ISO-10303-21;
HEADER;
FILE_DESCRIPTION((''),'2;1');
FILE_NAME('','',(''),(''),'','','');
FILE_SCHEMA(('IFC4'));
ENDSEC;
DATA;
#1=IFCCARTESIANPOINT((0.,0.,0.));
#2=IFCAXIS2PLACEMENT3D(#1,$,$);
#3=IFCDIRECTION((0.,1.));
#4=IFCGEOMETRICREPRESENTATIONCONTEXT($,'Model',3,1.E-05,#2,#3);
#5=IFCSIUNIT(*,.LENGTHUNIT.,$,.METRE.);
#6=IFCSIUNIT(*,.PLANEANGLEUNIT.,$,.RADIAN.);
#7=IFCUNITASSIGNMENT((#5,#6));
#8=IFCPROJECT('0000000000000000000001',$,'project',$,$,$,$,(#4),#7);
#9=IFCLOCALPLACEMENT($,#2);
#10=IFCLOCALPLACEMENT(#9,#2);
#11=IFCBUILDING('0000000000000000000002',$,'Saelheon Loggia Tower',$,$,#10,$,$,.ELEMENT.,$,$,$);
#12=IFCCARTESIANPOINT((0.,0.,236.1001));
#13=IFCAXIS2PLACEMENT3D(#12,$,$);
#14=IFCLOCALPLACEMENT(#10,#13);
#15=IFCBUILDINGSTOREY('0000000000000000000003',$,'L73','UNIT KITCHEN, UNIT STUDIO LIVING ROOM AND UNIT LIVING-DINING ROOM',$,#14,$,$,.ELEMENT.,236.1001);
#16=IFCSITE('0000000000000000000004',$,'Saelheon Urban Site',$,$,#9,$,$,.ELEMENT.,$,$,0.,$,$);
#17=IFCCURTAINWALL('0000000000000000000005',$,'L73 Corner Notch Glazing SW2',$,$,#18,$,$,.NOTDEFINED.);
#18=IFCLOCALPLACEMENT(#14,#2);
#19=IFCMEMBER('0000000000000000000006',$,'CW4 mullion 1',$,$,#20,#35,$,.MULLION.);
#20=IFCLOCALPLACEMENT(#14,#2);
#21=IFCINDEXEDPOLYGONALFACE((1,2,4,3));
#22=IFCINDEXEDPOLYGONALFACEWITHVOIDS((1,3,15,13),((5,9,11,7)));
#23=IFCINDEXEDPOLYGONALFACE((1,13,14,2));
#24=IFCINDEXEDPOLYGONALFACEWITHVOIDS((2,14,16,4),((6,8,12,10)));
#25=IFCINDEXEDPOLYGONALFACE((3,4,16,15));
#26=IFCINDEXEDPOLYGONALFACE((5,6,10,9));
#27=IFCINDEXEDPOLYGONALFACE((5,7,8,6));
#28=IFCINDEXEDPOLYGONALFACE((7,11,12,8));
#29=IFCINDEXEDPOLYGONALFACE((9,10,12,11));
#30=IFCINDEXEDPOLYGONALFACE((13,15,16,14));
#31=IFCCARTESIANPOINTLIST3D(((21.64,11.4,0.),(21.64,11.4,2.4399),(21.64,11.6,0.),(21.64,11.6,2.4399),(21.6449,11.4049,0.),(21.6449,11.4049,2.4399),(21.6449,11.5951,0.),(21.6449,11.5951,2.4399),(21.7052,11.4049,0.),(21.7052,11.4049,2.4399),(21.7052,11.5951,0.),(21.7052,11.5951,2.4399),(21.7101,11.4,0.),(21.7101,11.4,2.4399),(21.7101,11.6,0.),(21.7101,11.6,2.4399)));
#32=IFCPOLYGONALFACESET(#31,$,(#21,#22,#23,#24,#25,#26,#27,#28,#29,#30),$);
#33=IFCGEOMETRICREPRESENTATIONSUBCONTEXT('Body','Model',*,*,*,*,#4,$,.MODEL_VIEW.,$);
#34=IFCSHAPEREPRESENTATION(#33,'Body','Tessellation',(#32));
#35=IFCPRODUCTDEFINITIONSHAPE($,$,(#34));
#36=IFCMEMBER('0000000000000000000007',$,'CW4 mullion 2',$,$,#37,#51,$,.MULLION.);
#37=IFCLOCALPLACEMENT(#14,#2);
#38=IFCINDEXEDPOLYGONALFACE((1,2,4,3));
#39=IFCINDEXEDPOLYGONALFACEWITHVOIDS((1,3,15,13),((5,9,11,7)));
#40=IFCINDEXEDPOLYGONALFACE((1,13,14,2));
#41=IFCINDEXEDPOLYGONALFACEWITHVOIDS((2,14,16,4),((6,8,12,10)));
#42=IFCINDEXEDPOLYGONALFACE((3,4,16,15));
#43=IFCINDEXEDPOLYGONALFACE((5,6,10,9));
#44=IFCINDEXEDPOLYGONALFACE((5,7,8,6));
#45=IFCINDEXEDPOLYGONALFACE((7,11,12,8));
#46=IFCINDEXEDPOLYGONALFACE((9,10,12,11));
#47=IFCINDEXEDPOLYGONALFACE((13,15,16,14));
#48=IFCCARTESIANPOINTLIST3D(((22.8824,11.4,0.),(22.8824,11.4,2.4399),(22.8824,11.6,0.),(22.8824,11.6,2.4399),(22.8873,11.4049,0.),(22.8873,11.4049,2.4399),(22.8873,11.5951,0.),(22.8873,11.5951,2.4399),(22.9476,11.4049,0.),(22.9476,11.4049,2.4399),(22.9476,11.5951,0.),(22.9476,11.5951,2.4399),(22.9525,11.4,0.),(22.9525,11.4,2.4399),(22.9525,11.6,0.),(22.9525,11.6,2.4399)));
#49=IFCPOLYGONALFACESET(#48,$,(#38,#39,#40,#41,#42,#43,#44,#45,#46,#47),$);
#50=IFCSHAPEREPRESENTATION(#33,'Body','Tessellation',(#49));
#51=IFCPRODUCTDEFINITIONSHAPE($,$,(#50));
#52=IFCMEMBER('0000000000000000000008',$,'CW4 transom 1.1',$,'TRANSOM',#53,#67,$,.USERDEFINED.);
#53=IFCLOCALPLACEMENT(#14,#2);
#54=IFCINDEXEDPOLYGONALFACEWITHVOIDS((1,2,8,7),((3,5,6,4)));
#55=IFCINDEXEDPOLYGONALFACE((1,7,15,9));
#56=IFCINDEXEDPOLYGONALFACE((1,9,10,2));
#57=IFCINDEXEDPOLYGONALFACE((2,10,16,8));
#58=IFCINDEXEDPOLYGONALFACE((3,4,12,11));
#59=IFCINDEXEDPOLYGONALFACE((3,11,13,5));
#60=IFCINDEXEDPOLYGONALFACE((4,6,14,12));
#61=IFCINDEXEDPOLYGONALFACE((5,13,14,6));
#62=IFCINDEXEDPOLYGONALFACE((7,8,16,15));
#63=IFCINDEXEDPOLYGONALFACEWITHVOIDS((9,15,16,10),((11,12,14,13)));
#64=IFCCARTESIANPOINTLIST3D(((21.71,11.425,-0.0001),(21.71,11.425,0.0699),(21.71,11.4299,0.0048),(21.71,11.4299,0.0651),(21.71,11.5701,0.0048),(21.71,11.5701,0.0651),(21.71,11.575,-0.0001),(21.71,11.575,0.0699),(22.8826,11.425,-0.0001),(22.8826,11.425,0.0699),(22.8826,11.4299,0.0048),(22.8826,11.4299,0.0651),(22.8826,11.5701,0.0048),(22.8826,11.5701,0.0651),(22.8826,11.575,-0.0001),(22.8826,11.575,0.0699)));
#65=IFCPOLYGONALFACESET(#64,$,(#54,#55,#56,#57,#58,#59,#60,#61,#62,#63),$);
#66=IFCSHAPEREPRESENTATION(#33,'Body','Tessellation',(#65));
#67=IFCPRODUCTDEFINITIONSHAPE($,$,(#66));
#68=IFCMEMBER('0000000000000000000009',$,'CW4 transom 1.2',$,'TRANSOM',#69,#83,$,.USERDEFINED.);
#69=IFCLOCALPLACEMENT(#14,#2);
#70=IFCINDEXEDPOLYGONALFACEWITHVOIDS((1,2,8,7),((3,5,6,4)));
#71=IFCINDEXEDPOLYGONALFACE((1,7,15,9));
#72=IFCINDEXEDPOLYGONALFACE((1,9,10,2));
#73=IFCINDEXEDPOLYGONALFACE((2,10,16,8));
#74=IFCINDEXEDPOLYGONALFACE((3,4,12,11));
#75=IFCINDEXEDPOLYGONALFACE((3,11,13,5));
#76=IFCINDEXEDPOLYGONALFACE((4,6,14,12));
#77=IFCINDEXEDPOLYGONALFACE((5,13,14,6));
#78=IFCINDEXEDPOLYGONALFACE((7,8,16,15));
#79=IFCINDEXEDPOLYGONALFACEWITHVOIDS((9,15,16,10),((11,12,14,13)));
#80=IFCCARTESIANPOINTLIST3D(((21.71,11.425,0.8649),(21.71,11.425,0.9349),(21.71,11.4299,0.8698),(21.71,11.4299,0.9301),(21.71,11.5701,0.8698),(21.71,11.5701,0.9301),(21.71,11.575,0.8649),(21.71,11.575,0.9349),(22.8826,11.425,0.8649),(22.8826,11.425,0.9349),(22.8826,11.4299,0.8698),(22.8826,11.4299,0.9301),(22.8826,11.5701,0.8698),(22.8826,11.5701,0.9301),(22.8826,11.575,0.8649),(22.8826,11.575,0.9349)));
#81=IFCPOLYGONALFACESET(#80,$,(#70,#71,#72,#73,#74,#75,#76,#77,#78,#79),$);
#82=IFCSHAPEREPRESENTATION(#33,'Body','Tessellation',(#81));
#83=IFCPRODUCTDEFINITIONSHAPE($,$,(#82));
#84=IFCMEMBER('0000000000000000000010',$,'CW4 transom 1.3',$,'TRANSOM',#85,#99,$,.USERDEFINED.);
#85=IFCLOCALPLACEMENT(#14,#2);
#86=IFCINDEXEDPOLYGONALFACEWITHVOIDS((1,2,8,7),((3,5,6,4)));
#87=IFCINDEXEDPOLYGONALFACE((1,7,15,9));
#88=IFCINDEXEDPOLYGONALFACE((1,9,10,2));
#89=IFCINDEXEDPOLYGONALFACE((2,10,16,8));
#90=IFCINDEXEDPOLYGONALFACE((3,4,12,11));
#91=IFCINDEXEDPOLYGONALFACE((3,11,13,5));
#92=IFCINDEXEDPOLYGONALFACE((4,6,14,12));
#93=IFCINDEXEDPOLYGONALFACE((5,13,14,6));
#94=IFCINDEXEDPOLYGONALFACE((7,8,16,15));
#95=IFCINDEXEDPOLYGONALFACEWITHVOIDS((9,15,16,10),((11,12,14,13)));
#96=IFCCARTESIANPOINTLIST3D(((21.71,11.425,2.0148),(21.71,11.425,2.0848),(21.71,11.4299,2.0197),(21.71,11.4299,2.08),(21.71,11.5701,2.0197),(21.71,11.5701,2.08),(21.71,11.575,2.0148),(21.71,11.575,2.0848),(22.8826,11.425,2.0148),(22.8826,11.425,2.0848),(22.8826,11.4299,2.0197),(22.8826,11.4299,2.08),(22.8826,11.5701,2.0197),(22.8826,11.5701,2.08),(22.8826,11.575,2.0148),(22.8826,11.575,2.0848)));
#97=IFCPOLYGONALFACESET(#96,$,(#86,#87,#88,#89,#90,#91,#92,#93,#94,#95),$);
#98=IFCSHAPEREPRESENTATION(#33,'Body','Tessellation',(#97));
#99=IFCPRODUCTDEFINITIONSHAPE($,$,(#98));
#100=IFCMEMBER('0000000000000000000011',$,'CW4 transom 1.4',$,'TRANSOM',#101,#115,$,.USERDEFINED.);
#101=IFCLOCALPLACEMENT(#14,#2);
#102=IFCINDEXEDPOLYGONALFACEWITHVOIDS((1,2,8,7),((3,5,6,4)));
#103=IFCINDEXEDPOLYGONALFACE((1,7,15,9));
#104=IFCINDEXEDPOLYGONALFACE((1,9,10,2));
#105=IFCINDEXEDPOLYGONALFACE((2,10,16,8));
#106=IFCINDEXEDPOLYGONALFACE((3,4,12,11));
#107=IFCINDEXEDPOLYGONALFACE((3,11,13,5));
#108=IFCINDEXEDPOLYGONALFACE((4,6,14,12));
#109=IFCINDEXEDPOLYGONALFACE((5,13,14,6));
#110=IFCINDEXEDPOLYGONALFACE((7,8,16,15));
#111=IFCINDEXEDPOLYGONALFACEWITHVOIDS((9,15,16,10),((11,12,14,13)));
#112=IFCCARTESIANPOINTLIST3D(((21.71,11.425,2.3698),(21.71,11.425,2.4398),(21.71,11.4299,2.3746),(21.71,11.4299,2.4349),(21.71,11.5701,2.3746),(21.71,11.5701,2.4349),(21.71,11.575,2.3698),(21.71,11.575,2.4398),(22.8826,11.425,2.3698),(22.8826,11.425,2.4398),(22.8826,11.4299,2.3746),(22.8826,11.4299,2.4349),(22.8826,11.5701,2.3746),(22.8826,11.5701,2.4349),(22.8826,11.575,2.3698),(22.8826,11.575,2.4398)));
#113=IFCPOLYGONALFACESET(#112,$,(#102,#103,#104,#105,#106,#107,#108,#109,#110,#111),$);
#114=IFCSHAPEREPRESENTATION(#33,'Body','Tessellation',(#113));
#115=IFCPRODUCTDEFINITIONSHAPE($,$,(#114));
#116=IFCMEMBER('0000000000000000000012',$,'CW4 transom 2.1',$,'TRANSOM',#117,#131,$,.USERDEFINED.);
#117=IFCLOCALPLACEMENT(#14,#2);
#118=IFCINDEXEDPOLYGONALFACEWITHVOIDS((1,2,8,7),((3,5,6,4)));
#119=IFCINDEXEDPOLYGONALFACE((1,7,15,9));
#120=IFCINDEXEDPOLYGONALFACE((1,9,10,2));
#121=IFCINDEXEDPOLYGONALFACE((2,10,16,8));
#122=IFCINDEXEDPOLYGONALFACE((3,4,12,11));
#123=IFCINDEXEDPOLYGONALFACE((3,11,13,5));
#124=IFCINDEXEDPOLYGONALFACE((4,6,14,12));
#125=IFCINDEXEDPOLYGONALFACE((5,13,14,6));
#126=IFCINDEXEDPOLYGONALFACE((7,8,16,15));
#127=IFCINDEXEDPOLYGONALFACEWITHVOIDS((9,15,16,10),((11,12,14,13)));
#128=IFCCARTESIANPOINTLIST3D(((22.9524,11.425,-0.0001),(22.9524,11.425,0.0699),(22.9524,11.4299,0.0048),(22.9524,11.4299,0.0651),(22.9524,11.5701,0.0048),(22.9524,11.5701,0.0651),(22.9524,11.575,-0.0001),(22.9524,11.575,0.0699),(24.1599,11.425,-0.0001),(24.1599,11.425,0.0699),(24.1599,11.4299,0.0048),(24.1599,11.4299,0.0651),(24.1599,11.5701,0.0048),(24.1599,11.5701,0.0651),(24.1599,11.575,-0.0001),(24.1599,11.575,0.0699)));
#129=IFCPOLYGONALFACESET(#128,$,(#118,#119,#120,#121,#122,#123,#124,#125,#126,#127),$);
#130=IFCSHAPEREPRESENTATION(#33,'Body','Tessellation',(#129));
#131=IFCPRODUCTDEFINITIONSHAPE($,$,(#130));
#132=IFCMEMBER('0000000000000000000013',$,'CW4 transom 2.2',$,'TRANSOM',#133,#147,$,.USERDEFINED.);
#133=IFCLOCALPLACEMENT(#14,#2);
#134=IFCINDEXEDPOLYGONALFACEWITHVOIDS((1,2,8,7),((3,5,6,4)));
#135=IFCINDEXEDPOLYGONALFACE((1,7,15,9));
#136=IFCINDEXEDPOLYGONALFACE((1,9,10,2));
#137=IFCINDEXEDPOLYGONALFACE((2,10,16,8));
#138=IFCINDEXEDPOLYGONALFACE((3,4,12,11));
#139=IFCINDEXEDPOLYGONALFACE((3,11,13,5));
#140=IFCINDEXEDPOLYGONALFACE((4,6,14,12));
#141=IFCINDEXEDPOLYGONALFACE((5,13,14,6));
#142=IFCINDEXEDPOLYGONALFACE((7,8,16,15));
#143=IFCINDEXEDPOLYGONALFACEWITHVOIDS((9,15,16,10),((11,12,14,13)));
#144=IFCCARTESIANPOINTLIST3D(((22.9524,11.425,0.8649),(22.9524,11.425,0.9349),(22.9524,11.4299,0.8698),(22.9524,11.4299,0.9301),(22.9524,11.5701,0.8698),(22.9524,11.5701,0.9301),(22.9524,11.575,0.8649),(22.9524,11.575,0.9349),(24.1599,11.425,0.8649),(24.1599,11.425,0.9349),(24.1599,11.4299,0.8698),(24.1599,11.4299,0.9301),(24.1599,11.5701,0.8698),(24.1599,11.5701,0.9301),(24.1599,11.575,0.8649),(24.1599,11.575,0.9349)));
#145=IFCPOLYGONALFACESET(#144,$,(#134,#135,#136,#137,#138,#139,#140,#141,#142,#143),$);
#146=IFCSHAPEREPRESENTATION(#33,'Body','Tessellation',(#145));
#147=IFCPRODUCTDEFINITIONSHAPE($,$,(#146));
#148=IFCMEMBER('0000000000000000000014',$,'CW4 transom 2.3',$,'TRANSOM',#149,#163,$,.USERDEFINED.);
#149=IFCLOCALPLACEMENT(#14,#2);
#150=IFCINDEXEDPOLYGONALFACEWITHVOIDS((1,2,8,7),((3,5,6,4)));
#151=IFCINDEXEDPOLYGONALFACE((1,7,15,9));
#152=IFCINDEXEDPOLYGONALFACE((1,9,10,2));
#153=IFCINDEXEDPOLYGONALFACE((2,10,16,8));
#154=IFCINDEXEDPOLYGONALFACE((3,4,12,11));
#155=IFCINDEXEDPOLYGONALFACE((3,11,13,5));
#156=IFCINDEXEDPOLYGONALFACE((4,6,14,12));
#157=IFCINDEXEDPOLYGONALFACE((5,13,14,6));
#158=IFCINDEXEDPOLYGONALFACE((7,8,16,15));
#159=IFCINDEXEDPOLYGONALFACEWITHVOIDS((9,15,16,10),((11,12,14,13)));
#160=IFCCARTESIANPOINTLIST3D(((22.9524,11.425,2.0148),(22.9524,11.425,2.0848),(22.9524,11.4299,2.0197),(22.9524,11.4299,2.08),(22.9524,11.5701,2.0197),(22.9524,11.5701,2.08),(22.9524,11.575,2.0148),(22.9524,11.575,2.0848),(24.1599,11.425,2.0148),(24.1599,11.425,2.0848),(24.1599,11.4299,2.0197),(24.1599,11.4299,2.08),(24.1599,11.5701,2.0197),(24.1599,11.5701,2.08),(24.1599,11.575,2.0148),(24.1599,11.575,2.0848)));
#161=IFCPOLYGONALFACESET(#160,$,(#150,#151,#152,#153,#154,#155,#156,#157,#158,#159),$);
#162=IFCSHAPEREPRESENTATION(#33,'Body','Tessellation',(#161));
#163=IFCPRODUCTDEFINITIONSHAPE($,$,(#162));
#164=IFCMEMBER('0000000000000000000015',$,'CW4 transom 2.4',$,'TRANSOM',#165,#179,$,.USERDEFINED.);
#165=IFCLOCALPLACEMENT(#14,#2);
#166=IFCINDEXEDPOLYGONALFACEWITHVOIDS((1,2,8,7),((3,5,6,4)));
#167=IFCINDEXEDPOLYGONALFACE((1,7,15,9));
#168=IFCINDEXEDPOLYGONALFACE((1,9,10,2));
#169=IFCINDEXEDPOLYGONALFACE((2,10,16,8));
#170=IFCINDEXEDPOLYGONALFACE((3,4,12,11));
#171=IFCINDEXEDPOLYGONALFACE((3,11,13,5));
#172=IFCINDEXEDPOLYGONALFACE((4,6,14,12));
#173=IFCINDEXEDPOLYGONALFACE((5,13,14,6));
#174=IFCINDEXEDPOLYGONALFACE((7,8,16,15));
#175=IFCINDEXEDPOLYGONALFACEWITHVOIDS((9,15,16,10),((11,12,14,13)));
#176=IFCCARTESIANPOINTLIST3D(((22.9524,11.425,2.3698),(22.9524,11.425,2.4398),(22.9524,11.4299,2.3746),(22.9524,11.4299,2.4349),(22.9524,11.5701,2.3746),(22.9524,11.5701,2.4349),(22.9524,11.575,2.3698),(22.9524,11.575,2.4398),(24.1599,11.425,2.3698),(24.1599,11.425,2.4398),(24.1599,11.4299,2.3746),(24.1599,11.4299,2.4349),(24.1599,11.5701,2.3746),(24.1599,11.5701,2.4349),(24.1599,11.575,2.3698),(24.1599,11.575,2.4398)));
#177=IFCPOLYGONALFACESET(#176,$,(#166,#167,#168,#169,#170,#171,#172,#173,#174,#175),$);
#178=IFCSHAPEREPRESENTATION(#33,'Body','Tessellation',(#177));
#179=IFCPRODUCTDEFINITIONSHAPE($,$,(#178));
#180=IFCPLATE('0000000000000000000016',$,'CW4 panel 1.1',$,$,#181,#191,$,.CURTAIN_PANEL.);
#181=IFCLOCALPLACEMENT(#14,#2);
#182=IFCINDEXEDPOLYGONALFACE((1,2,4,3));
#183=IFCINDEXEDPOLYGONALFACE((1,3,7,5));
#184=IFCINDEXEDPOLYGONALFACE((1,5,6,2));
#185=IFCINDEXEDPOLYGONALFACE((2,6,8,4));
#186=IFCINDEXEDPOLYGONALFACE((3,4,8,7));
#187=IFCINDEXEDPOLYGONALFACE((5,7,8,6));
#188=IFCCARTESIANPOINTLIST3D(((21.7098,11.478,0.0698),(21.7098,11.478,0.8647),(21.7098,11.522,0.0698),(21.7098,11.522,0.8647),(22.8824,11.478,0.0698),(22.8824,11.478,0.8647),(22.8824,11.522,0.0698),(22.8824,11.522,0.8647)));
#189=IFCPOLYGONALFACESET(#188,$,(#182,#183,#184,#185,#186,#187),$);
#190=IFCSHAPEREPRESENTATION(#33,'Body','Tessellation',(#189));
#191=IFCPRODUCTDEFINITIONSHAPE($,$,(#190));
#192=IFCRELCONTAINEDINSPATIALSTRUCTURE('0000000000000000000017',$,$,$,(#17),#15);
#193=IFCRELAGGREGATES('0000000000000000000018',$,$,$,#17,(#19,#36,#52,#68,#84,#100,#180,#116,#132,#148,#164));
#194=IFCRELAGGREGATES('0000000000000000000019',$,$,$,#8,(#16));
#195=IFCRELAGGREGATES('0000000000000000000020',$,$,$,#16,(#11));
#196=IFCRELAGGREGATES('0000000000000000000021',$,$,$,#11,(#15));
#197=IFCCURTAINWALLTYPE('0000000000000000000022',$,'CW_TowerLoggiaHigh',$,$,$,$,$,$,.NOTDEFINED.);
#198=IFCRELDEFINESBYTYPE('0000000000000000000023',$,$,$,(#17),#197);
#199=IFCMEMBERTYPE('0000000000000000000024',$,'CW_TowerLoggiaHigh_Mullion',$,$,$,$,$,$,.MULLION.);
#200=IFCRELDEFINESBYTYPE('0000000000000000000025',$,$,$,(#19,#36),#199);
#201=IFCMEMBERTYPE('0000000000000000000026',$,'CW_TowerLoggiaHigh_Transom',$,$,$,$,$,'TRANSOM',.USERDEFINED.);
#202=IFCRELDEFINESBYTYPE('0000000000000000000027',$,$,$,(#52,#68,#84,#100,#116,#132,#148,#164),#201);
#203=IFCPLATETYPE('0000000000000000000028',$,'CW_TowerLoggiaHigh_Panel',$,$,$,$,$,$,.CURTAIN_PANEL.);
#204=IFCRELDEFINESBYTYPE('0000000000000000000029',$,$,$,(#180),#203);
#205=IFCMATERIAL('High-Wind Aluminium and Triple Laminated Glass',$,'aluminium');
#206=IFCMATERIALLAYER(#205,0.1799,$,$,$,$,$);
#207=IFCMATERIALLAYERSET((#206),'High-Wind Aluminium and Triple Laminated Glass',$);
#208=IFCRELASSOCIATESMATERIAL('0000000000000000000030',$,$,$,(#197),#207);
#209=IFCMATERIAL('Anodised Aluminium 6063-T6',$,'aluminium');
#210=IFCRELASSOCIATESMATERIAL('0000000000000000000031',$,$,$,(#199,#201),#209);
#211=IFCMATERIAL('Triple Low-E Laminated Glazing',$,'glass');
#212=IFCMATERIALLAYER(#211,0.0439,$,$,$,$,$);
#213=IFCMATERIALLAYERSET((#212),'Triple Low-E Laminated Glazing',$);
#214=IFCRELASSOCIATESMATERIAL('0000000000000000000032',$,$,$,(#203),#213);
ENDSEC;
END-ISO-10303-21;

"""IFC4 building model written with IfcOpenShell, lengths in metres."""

from ifc_helpers import new_model, si_unit, direction, frame, origin, origin_2d, place, context, subcontext, project, spatial, rectangle, hollow_rectangle, extrude, source, transform, mapped, material, layer, layer_set, material_profile, profile_set, type_object, element, aggregate, save


model = new_model("IFC4")

# Units and contexts
model_context = context("Model", 3, precision=1e-05, world=origin(), true_north=direction((0.0, 1.0)))
body_context = subcontext(model_context, "Body", "Model", "MODEL_VIEW")
ifc_project = project(units=[si_unit("LENGTHUNIT", "METRE"), si_unit("PLANEANGLEUNIT", "RADIAN")], contexts=[model_context])

# Site, building, storey
site_placement = place(None, origin())
site = spatial("IfcSite", under=ifc_project, at=site_placement, Name="Saelheon Urban Site", CompositionType="ELEMENT", RefElevation=0.0)
building_placement = place(site_placement, origin())
building = spatial("IfcBuilding", under=site, at=building_placement, Name="Saelheon Loggia Tower", CompositionType="ELEMENT")
storey_placement = place(building_placement, frame((0.0, 0.0, 236.1001)))
storey = spatial("IfcBuildingStorey", under=building, at=storey_placement, Name="L73", Description="UNIT KITCHEN, UNIT STUDIO LIVING ROOM AND UNIT LIVING-DINING ROOM", CompositionType="ELEMENT", Elevation=236.1001)

# Curtain wall, members, plate
ifc_material_1 = material(Name="High-Wind Aluminium and Triple Laminated Glass", Category="aluminium")
ifc_layer_1 = layer(ifc_material_1, 0.1799)
ifc_layer_set_1 = layer_set([ifc_layer_1], Name="High-Wind Aluminium and Triple Laminated Glass")
curtain_wall_type = type_object("IfcCurtainWallType", Name="CW_TowerLoggiaHigh", PredefinedType="NOTDEFINED", material=ifc_layer_set_1)
curtain_wall_placement = place(storey_placement, origin())
curtain_wall = element("IfcCurtainWall", 1, at=curtain_wall_placement, inside=storey, type_object=curtain_wall_type, Name="L73 Corner Notch Glazing SW2", PredefinedType="NOTDEFINED")
ifc_material_2 = material(Name="Anodised Aluminium 6063-T6", Category="aluminium")
ifc_material_profile_1 = material_profile(ifc_material_2, hollow_rectangle(XDim=0.0701, YDim=0.2, WallThickness=0.0049, at=origin_2d()), Name="RHS-200x70x5")
ifc_profile_set_1 = profile_set([ifc_material_profile_1], Name="Anodised Aluminium 6063-T6")
member_type_1 = type_object("IfcMemberType", Name="CW_TowerLoggiaHigh_Mullion", PredefinedType="MULLION", material=ifc_profile_set_1)
shared_shape_1 = source(origin(), body_context, "Body", "SweptSolid", [
    extrude(hollow_rectangle(XDim=0.0701, YDim=0.2, WallThickness=0.0049, at=origin_2d()), origin(), (0.0, 0.0, 1.0), 2.4399),
])
member_1_placement = place(storey_placement, frame((21.675, 11.5, 0.0), z_axis=(0.0, 0.0, 1.0), x_axis=(1.0, 0.0, 0.0)))
member_1 = element("IfcMember", 2, at=member_1_placement, type_object=member_type_1, Name="CW4 mullion 1", PredefinedType="MULLION", context=body_context, shape_type="MappedRepresentation", body=[
    mapped(shared_shape_1, transform((0.0, 0.0, 0.0), scale=1.0)),
])
member_2_placement = place(storey_placement, frame((22.9175, 11.5, 0.0), z_axis=(0.0, 0.0, 1.0), x_axis=(1.0, 0.0, 0.0)))
member_2 = element("IfcMember", 3, at=member_2_placement, type_object=member_type_1, Name="CW4 mullion 2", PredefinedType="MULLION", context=body_context, shape_type="MappedRepresentation", body=[
    mapped(shared_shape_1, transform((0.0, 0.0, 0.0), scale=1.0)),
])
ifc_material_profile_2 = material_profile(ifc_material_2, hollow_rectangle(XDim=0.0701, YDim=0.1499, WallThickness=0.0049, at=origin_2d()), Name="RHS-150x70x5")
ifc_profile_set_2 = profile_set([ifc_material_profile_2], Name="Anodised Aluminium 6063-T6")
member_type_2 = type_object("IfcMemberType", Name="CW_TowerLoggiaHigh_Transom", ElementType="TRANSOM", PredefinedType="USERDEFINED", material=ifc_profile_set_2)
shared_shape_2 = source(origin(), body_context, "Body", "SweptSolid", [
    extrude(hollow_rectangle(XDim=0.0701, YDim=0.1499, WallThickness=0.0049, at=origin_2d()), origin(), (0.0, 0.0, 1.0), 1.1726),
])
member_3_placement = place(storey_placement, frame((21.71, 11.5, 0.0349), z_axis=(1.0, 0.0, 0.0), x_axis=(0.0, 0.0, 1.0)))
member_3 = element("IfcMember", 4, at=member_3_placement, type_object=member_type_2, Name="CW4 transom 1.1", ObjectType="TRANSOM", PredefinedType="USERDEFINED", context=body_context, shape_type="MappedRepresentation", body=[
    mapped(shared_shape_2, transform((0.0, 0.0, 0.0), scale=1.0)),
])
member_4_placement = place(storey_placement, frame((21.71, 11.5, 0.8999), z_axis=(1.0, 0.0, 0.0), x_axis=(0.0, 0.0, 1.0)))
member_4 = element("IfcMember", 5, at=member_4_placement, type_object=member_type_2, Name="CW4 transom 1.2", ObjectType="TRANSOM", PredefinedType="USERDEFINED", context=body_context, shape_type="MappedRepresentation", body=[
    mapped(shared_shape_2, transform((0.0, 0.0, 0.0), scale=1.0)),
])
member_5_placement = place(storey_placement, frame((21.71, 11.5, 2.0498), z_axis=(1.0, 0.0, 0.0), x_axis=(0.0, 0.0, 1.0)))
member_5 = element("IfcMember", 6, at=member_5_placement, type_object=member_type_2, Name="CW4 transom 1.3", ObjectType="TRANSOM", PredefinedType="USERDEFINED", context=body_context, shape_type="MappedRepresentation", body=[
    mapped(shared_shape_2, transform((0.0, 0.0, 0.0), scale=1.0)),
])
member_6_placement = place(storey_placement, frame((21.71, 11.5, 2.4048), z_axis=(1.0, 0.0, 0.0), x_axis=(0.0, 0.0, 1.0)))
member_6 = element("IfcMember", 7, at=member_6_placement, type_object=member_type_2, Name="CW4 transom 1.4", ObjectType="TRANSOM", PredefinedType="USERDEFINED", context=body_context, shape_type="MappedRepresentation", body=[
    mapped(shared_shape_2, transform((0.0, 0.0, 0.0), scale=1.0)),
])
shared_shape_3 = source(origin(), body_context, "Body", "SweptSolid", [
    extrude(hollow_rectangle(XDim=0.0701, YDim=0.1499, WallThickness=0.0049, at=origin_2d()), origin(), (0.0, 0.0, 1.0), 1.2075),
])
member_7_placement = place(storey_placement, frame((22.9524, 11.5, 0.0349), z_axis=(1.0, 0.0, 0.0), x_axis=(0.0, 0.0, 1.0)))
member_7 = element("IfcMember", 8, at=member_7_placement, type_object=member_type_2, Name="CW4 transom 2.1", ObjectType="TRANSOM", PredefinedType="USERDEFINED", context=body_context, shape_type="MappedRepresentation", body=[
    mapped(shared_shape_3, transform((0.0, 0.0, 0.0), scale=1.0)),
])
member_8_placement = place(storey_placement, frame((22.9524, 11.5, 0.8999), z_axis=(1.0, 0.0, 0.0), x_axis=(0.0, 0.0, 1.0)))
member_8 = element("IfcMember", 9, at=member_8_placement, type_object=member_type_2, Name="CW4 transom 2.2", ObjectType="TRANSOM", PredefinedType="USERDEFINED", context=body_context, shape_type="MappedRepresentation", body=[
    mapped(shared_shape_3, transform((0.0, 0.0, 0.0), scale=1.0)),
])
member_9_placement = place(storey_placement, frame((22.9524, 11.5, 2.0498), z_axis=(1.0, 0.0, 0.0), x_axis=(0.0, 0.0, 1.0)))
member_9 = element("IfcMember", 10, at=member_9_placement, type_object=member_type_2, Name="CW4 transom 2.3", ObjectType="TRANSOM", PredefinedType="USERDEFINED", context=body_context, shape_type="MappedRepresentation", body=[
    mapped(shared_shape_3, transform((0.0, 0.0, 0.0), scale=1.0)),
])
member_10_placement = place(storey_placement, frame((22.9524, 11.5, 2.4048), z_axis=(1.0, 0.0, 0.0), x_axis=(0.0, 0.0, 1.0)))
member_10 = element("IfcMember", 11, at=member_10_placement, type_object=member_type_2, Name="CW4 transom 2.4", ObjectType="TRANSOM", PredefinedType="USERDEFINED", context=body_context, shape_type="MappedRepresentation", body=[
    mapped(shared_shape_3, transform((0.0, 0.0, 0.0), scale=1.0)),
])
ifc_material_3 = material(Name="Triple Low-E Laminated Glazing", Category="glass")
ifc_layer_2 = layer(ifc_material_3, 0.0439)
ifc_layer_set_2 = layer_set([ifc_layer_2], Name="Triple Low-E Laminated Glazing")
plate_type = type_object("IfcPlateType", Name="CW_TowerLoggiaHigh_Panel", PredefinedType="CURTAIN_PANEL", material=ifc_layer_set_2)
shared_shape_4 = source(origin(), body_context, "Body", "SweptSolid", [
    extrude(rectangle(XDim=1.1726, YDim=0.0439, at=origin_2d()), origin(), (0.0, 0.0, 1.0), 0.7949),
])
plate_1_placement = place(storey_placement, frame((22.2961, 11.5, 0.0698), z_axis=(0.0, 0.0, 1.0), x_axis=(1.0, 0.0, 0.0)))
plate_1 = element("IfcPlate", 12, at=plate_1_placement, type_object=plate_type, Name="CW4 panel 1.1", PredefinedType="CURTAIN_PANEL", context=body_context, shape_type="MappedRepresentation", body=[
    mapped(shared_shape_4, transform((0.0, 0.0, 0.0), scale=1.0)),
])
aggregate(curtain_wall, [member_1, member_2, member_3, member_4, member_5, member_6, plate_1, member_7, member_8, member_9, member_10])

save(model, "model.ifc")
